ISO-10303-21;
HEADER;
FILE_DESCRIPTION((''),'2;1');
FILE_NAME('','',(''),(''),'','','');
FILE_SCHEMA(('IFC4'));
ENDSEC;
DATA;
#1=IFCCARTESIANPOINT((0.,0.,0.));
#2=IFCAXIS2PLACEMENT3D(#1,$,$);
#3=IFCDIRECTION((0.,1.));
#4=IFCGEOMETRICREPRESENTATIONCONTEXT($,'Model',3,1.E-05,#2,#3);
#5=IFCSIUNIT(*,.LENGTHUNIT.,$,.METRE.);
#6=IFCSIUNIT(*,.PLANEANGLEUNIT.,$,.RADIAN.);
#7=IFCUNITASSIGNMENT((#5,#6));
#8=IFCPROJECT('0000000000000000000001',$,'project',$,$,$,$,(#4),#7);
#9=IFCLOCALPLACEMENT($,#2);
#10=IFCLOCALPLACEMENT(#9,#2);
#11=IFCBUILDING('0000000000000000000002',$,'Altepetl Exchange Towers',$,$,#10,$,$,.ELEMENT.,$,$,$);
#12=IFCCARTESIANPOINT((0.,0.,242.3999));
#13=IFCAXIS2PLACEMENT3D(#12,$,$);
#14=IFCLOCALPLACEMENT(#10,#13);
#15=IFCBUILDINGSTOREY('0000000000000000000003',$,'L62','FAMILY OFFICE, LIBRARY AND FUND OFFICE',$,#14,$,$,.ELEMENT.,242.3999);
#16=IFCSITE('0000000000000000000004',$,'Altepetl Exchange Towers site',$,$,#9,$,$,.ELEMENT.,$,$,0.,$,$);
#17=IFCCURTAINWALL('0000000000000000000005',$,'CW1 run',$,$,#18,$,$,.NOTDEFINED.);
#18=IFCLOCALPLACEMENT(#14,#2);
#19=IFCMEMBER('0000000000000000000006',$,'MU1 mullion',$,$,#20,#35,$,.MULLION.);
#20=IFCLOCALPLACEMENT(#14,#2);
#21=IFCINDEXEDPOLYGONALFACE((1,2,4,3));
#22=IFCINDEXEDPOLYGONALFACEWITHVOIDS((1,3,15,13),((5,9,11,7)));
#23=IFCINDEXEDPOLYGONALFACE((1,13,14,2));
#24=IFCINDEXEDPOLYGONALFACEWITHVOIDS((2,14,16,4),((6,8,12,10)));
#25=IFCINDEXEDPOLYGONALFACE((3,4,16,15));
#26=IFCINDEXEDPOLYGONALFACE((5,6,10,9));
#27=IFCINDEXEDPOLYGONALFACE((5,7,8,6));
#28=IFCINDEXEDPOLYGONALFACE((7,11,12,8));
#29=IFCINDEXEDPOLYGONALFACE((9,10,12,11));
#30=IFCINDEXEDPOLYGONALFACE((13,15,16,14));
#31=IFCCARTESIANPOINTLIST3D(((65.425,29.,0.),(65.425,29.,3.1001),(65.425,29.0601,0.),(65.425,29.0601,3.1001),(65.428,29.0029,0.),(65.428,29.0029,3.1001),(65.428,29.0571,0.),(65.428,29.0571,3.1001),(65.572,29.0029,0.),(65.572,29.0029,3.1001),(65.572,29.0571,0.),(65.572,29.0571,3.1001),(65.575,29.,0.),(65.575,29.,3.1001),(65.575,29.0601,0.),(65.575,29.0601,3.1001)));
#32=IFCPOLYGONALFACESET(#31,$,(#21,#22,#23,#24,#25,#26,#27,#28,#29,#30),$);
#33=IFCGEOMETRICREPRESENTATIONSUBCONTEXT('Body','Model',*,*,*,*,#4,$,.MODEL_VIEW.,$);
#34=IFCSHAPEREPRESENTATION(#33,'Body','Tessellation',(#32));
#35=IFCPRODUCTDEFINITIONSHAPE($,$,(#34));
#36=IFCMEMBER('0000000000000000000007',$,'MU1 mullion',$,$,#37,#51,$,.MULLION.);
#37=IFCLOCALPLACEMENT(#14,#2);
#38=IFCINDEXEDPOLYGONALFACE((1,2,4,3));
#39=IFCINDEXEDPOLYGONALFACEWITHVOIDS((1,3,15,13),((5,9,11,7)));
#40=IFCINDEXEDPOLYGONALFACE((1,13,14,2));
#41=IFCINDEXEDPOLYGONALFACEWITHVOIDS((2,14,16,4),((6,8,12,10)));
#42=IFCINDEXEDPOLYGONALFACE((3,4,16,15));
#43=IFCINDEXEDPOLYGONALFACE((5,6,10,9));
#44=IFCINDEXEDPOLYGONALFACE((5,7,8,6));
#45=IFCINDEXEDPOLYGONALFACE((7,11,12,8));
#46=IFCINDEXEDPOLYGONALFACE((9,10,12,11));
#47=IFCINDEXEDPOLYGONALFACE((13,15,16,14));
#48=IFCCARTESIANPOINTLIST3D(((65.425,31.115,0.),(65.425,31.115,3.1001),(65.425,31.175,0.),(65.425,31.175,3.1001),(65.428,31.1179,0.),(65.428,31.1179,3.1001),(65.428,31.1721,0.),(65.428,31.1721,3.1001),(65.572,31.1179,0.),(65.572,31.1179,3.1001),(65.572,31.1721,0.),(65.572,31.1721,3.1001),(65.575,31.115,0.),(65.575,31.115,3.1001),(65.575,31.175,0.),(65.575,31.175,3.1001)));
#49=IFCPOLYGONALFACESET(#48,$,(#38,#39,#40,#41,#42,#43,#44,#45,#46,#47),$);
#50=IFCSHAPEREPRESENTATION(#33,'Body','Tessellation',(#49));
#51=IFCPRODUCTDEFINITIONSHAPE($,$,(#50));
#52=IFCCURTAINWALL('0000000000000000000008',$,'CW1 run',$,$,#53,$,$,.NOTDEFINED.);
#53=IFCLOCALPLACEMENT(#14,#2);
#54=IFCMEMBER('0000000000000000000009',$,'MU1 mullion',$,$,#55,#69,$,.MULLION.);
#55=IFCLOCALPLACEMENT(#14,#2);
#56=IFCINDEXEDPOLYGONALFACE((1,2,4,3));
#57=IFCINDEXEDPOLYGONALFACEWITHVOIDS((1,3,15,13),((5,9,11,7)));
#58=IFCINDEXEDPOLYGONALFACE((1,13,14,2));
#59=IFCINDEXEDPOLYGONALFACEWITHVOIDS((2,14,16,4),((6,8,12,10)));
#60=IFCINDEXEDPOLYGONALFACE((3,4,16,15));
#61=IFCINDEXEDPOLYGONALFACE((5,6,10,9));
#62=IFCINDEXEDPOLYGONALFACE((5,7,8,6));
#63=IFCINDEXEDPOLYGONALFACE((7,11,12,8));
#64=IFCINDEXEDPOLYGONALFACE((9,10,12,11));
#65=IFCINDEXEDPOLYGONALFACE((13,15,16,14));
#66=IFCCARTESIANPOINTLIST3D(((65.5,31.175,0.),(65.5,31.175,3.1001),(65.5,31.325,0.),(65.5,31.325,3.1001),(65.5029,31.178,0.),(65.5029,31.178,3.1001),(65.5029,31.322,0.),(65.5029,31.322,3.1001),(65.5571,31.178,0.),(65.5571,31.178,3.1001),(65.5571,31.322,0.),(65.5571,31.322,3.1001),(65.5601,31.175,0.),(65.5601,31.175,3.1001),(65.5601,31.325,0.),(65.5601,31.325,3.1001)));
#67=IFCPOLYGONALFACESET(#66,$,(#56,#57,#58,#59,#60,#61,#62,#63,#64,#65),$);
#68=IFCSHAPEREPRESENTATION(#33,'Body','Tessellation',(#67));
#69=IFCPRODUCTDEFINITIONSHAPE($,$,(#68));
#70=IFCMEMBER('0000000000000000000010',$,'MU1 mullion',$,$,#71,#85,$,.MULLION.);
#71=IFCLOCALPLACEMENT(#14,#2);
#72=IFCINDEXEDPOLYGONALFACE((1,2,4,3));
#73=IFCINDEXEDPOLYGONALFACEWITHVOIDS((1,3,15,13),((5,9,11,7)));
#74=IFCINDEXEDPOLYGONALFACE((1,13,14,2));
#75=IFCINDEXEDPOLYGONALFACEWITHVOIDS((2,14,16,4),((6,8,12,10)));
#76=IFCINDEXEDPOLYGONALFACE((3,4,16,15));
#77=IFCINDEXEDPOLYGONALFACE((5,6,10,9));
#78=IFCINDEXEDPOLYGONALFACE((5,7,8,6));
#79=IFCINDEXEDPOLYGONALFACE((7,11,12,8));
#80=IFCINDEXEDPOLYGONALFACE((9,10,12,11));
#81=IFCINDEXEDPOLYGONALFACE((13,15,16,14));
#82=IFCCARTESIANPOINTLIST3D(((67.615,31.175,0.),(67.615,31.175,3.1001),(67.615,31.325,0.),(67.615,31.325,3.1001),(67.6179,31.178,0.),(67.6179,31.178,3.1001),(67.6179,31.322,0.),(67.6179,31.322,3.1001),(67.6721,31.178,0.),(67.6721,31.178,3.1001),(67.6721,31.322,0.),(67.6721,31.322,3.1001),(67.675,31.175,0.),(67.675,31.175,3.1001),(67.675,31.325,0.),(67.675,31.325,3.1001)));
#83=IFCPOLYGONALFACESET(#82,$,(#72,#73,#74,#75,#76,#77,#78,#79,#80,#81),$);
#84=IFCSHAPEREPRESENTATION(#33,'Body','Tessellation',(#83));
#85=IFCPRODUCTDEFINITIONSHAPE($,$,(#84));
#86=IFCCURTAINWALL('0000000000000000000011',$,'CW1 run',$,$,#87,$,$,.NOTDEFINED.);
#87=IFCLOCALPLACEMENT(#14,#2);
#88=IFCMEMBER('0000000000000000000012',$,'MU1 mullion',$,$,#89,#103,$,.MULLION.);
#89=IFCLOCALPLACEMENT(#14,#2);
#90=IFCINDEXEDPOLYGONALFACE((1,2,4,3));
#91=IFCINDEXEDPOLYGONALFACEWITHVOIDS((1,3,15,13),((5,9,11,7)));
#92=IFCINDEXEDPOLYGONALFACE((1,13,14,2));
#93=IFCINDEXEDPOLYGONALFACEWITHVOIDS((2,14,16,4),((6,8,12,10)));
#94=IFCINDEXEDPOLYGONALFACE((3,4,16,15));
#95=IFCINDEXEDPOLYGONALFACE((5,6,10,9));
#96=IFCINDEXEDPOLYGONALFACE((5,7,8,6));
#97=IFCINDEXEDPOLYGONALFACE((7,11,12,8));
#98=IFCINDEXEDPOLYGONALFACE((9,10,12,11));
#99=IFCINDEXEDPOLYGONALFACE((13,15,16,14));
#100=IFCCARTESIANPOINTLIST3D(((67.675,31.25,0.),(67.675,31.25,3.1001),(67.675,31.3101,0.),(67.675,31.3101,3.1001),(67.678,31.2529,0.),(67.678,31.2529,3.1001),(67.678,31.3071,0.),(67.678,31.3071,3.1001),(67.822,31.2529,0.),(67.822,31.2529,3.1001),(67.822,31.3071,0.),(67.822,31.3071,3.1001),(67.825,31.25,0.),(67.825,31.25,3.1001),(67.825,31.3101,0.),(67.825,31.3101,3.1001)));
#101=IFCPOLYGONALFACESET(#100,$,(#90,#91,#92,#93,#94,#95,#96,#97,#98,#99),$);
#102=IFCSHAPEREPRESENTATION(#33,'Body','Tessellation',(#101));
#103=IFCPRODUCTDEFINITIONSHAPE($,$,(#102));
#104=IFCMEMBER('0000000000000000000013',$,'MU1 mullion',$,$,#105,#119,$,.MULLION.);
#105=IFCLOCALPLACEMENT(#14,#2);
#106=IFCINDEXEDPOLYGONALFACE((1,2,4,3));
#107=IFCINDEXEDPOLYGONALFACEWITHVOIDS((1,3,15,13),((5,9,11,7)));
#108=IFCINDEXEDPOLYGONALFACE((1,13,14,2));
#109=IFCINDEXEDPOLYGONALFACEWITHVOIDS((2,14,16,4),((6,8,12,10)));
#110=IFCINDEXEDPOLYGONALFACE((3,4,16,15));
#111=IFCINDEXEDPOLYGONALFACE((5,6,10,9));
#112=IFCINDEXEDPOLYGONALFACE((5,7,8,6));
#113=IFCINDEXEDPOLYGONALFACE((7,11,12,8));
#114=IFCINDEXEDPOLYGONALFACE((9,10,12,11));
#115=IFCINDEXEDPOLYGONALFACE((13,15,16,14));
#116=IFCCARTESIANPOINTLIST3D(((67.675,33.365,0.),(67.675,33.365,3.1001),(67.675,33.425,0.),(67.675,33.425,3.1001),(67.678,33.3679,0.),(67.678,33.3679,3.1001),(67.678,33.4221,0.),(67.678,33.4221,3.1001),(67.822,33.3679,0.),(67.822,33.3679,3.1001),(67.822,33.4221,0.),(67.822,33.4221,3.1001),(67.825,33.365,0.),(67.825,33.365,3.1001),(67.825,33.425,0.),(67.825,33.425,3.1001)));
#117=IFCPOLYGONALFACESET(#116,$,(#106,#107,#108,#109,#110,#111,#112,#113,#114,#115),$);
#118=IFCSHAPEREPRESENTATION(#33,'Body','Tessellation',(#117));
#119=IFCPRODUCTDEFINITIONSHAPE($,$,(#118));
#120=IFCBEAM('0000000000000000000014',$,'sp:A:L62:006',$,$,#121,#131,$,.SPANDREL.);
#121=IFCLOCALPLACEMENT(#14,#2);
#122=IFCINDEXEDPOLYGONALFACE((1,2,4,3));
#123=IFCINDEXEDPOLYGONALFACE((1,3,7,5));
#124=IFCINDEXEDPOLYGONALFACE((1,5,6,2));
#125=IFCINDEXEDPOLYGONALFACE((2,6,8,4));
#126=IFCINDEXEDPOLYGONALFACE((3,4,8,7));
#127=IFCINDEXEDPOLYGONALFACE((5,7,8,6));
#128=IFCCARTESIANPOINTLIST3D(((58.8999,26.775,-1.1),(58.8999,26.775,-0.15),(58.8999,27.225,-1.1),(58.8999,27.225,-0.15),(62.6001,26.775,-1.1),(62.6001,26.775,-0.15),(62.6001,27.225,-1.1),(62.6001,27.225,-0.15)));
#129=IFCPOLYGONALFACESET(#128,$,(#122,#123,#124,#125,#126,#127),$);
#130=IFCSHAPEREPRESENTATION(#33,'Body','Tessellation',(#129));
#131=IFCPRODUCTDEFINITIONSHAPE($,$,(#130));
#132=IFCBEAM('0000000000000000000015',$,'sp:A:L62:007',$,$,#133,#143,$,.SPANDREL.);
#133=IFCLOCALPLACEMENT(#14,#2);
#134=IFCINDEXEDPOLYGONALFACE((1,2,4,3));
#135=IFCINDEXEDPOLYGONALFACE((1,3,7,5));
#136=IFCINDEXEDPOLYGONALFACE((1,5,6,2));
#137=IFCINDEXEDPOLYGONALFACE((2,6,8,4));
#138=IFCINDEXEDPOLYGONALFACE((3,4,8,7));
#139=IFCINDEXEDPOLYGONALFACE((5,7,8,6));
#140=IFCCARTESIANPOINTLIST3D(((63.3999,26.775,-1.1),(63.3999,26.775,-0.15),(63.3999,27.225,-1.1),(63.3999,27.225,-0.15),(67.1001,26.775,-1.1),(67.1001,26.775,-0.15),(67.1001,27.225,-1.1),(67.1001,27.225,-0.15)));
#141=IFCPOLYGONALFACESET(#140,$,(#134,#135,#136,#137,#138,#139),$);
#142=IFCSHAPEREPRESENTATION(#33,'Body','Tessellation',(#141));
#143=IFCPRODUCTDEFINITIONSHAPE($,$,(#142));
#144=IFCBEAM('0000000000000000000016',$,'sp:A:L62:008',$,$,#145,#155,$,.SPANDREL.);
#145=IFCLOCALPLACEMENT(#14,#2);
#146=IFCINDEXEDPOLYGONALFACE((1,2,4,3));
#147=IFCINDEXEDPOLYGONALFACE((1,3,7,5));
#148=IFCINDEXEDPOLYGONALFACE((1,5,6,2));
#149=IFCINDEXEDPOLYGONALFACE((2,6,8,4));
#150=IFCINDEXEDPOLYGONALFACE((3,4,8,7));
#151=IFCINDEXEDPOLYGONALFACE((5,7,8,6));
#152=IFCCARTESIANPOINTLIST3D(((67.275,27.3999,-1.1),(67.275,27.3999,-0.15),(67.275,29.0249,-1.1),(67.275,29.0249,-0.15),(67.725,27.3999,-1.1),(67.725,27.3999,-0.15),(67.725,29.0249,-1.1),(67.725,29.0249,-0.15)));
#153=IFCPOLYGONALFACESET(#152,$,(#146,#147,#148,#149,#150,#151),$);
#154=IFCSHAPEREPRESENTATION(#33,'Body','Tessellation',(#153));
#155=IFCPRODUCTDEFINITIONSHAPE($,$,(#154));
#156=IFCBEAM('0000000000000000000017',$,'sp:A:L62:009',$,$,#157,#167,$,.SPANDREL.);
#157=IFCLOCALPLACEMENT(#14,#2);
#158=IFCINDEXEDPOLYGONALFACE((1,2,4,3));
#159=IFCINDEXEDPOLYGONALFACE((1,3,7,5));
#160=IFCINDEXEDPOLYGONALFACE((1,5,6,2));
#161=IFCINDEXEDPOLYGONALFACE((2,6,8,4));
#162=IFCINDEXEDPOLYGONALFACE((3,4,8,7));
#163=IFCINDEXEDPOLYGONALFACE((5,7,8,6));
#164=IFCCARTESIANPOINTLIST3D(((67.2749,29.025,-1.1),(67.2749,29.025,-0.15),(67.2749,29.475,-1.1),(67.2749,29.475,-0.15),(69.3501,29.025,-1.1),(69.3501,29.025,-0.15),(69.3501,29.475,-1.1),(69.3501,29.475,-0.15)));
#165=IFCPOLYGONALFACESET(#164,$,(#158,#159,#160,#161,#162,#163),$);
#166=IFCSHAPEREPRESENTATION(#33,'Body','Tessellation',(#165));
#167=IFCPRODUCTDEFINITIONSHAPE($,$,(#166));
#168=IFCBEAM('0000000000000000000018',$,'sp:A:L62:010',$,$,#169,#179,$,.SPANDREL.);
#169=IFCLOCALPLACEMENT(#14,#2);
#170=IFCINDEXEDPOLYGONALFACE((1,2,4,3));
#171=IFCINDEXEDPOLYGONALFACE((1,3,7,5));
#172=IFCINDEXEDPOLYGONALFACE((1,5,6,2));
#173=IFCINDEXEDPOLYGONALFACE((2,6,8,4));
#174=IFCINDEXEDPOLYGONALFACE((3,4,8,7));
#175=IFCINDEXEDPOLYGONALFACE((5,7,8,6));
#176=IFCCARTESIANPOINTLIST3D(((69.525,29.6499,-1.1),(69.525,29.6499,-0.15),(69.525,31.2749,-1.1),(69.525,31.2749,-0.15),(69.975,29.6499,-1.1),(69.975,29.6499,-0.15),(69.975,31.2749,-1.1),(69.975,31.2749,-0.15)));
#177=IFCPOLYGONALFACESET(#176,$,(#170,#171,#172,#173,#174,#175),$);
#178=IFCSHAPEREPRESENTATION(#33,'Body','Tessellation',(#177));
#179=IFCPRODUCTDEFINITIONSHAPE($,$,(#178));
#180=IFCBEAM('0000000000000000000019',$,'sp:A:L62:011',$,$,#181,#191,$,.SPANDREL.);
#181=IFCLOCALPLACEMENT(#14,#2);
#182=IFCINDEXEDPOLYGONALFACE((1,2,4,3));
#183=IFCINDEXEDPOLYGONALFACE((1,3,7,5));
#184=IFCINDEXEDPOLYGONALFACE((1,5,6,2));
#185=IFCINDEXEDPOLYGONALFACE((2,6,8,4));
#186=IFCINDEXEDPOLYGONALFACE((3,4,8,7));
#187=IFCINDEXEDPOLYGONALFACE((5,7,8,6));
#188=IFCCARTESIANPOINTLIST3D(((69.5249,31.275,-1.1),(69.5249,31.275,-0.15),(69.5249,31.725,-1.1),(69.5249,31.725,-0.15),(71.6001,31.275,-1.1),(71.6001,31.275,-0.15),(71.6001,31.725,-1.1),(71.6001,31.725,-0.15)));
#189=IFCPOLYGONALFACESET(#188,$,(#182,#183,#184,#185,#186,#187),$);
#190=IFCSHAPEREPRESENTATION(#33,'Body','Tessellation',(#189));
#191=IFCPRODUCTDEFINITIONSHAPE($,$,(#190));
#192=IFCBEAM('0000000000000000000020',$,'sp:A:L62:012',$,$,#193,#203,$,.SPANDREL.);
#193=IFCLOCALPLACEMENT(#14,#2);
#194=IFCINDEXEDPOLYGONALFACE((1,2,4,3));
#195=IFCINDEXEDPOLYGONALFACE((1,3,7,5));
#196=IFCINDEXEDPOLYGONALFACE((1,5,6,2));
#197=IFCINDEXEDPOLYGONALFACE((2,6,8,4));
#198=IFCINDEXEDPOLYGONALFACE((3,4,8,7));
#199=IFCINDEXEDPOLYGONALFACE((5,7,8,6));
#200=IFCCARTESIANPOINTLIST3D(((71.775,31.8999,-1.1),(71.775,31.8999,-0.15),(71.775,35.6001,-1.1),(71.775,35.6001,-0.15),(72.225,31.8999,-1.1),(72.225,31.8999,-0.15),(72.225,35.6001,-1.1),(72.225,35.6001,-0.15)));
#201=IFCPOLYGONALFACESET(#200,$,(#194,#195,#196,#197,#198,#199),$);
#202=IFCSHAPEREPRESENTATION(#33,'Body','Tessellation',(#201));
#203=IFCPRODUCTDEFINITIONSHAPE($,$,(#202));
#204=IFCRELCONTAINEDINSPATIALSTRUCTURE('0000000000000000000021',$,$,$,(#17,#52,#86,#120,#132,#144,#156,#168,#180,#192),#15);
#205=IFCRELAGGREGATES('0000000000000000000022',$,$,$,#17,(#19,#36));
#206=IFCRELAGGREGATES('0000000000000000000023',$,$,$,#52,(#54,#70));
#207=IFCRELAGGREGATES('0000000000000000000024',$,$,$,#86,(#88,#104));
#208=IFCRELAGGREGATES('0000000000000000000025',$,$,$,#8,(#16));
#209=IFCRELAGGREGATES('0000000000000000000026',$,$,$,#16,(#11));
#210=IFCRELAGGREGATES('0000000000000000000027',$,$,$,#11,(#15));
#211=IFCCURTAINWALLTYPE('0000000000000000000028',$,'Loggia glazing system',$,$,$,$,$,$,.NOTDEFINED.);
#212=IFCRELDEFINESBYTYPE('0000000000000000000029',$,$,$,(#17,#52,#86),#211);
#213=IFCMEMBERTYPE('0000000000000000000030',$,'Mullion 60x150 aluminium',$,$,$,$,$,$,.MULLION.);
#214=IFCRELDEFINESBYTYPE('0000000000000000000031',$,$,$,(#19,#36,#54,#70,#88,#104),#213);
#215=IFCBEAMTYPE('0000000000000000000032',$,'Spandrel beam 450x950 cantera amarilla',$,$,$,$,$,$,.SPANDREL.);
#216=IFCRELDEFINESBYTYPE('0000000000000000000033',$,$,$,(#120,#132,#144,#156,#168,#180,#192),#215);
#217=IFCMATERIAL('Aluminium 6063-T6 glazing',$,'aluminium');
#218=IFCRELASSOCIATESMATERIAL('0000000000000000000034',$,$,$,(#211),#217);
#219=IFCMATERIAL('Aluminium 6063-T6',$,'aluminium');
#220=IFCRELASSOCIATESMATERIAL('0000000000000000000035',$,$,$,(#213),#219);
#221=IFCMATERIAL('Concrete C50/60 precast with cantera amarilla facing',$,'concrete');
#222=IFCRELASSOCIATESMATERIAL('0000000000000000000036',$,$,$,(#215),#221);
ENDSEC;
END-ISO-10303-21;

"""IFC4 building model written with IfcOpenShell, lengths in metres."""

from ifc_helpers import new_model, si_unit, direction, frame, origin, origin_2d, place, context, subcontext, project, spatial, rectangle, hollow_rectangle, extrude, material, material_profile, profile_set, type_object, element, aggregate, save


model = new_model("IFC4")

# Units and contexts
model_context = context("Model", 3, precision=1e-05, world=origin(), true_north=direction((0.0, 1.0)))
body_context = subcontext(model_context, "Body", "Model", "MODEL_VIEW")
ifc_project = project(units=[si_unit("LENGTHUNIT", "METRE"), si_unit("PLANEANGLEUNIT", "RADIAN")], contexts=[model_context])

# Site, building, storey
site_placement = place(None, origin())
site = spatial("IfcSite", under=ifc_project, at=site_placement, Name="Altepetl Exchange Towers site", CompositionType="ELEMENT", RefElevation=0.0)
building_placement = place(site_placement, origin())
building = spatial("IfcBuilding", under=site, at=building_placement, Name="Altepetl Exchange Towers", CompositionType="ELEMENT")
storey_placement = place(building_placement, frame((0.0, 0.0, 242.3999)))
storey = spatial("IfcBuildingStorey", under=building, at=storey_placement, Name="L62", Description="FAMILY OFFICE, LIBRARY AND FUND OFFICE", CompositionType="ELEMENT", Elevation=242.3999)

# Curtain walls, members
ifc_material_1 = material(Name="Aluminium 6063-T6 glazing", Category="aluminium")
curtain_wall_type = type_object("IfcCurtainWallType", Name="Loggia glazing system", PredefinedType="NOTDEFINED", material=ifc_material_1)
ifc_material_2 = material(Name="Aluminium 6063-T6", Category="aluminium")
ifc_material_profile_1 = material_profile(ifc_material_2, hollow_rectangle(XDim=0.0601, YDim=0.1499, WallThickness=0.0029, at=origin_2d()), Name="Mullion 60x150 aluminium")
ifc_profile_set_1 = profile_set([ifc_material_profile_1], Name="Aluminium 6063-T6")
member_type = type_object("IfcMemberType", Name="Mullion 60x150 aluminium", PredefinedType="MULLION", material=ifc_profile_set_1)
curtain_wall_1_placement = place(storey_placement, origin())
curtain_wall_1 = element("IfcCurtainWall", 1, at=curtain_wall_1_placement, inside=storey, type_object=curtain_wall_type, Name="CW1 run", PredefinedType="NOTDEFINED")
member_1_placement = place(storey_placement, frame((65.5, 29.03, 0.0), z_axis=(0.0, 0.0, 1.0), x_axis=(0.0, 1.0, 0.0)))
member_1 = element("IfcMember", 2, at=member_1_placement, type_object=member_type, Name="MU1 mullion", PredefinedType="MULLION", context=body_context, shape_type="SweptSolid", body=[
    extrude(hollow_rectangle(XDim=0.0601, YDim=0.1499, WallThickness=0.0029, at=origin_2d()), origin(), (0.0, 0.0, 1.0), 3.1001),
])
member_2_placement = place(storey_placement, frame((65.5, 31.145, 0.0), z_axis=(0.0, 0.0, 1.0), x_axis=(0.0, 1.0, 0.0)))
member_2 = element("IfcMember", 3, at=member_2_placement, type_object=member_type, Name="MU1 mullion", PredefinedType="MULLION", context=body_context, shape_type="SweptSolid", body=[
    extrude(hollow_rectangle(XDim=0.0601, YDim=0.1499, WallThickness=0.0029, at=origin_2d()), origin(), (0.0, 0.0, 1.0), 3.1001),
])
curtain_wall_2_placement = place(storey_placement, origin())
curtain_wall_2 = element("IfcCurtainWall", 4, at=curtain_wall_2_placement, inside=storey, type_object=curtain_wall_type, Name="CW1 run", PredefinedType="NOTDEFINED")
member_3_placement = place(storey_placement, frame((65.53, 31.25, 0.0)))
member_3 = element("IfcMember", 5, at=member_3_placement, type_object=member_type, Name="MU1 mullion", PredefinedType="MULLION", context=body_context, shape_type="SweptSolid", body=[
    extrude(hollow_rectangle(XDim=0.0601, YDim=0.1499, WallThickness=0.0029, at=origin_2d()), origin(), (0.0, 0.0, 1.0), 3.1001),
])
member_4_placement = place(storey_placement, frame((67.645, 31.25, 0.0)))
member_4 = element("IfcMember", 6, at=member_4_placement, type_object=member_type, Name="MU1 mullion", PredefinedType="MULLION", context=body_context, shape_type="SweptSolid", body=[
    extrude(hollow_rectangle(XDim=0.0601, YDim=0.1499, WallThickness=0.0029, at=origin_2d()), origin(), (0.0, 0.0, 1.0), 3.1001),
])
curtain_wall_3_placement = place(storey_placement, origin())
curtain_wall_3 = element("IfcCurtainWall", 7, at=curtain_wall_3_placement, inside=storey, type_object=curtain_wall_type, Name="CW1 run", PredefinedType="NOTDEFINED")
member_5_placement = place(storey_placement, frame((67.75, 31.28, 0.0), z_axis=(0.0, 0.0, 1.0), x_axis=(0.0, 1.0, 0.0)))
member_5 = element("IfcMember", 8, at=member_5_placement, type_object=member_type, Name="MU1 mullion", PredefinedType="MULLION", context=body_context, shape_type="SweptSolid", body=[
    extrude(hollow_rectangle(XDim=0.0601, YDim=0.1499, WallThickness=0.0029, at=origin_2d()), origin(), (0.0, 0.0, 1.0), 3.1001),
])
member_6_placement = place(storey_placement, frame((67.75, 33.395, 0.0), z_axis=(0.0, 0.0, 1.0), x_axis=(0.0, 1.0, 0.0)))
member_6 = element("IfcMember", 9, at=member_6_placement, type_object=member_type, Name="MU1 mullion", PredefinedType="MULLION", context=body_context, shape_type="SweptSolid", body=[
    extrude(hollow_rectangle(XDim=0.0601, YDim=0.1499, WallThickness=0.0029, at=origin_2d()), origin(), (0.0, 0.0, 1.0), 3.1001),
])

# Beams
ifc_material_3 = material(Name="Concrete C50/60 precast with cantera amarilla facing", Category="concrete")
ifc_material_profile_2 = material_profile(ifc_material_3, rectangle(XDim=0.45, YDim=0.95, at=origin_2d()), Name="450 x 950")
ifc_profile_set_2 = profile_set([ifc_material_profile_2], Name="Concrete C50/60 precast with cantera amarilla facing")
beam_type_1 = type_object("IfcBeamType", Name="Spandrel beam 450x950 cantera amarilla", PredefinedType="SPANDREL", material=ifc_profile_set_2)
for number, where, z_axis, x_axis, name in (
    (10, (58.8999, 27.0, -0.625), (1.0, 0.0, 0.0), (0.0, 1.0, 0.0), "sp:A:L62:006"),
    (11, (63.3999, 27.0, -0.625), (1.0, 0.0, 0.0), (0.0, 1.0, 0.0), "sp:A:L62:007"),
):
    element("IfcBeam", number, at=place(storey_placement, frame(where, z_axis=z_axis, x_axis=x_axis)), inside=storey, type_object=beam_type_1, Name=name, PredefinedType="SPANDREL", context=body_context, shape_type="SweptSolid", body=[
        extrude(rectangle(XDim=0.45, YDim=0.95, at=origin_2d()), origin(), (0.0, 0.0, 1.0), 3.7002),
    ])
beam_1_placement = place(storey_placement, frame((67.5, 27.3999, -0.625), z_axis=(0.0, 1.0, 0.0), x_axis=(-1.0, 0.0, 0.0)))
element("IfcBeam", 12, at=beam_1_placement, inside=storey, type_object=beam_type_1, Name="sp:A:L62:008", PredefinedType="SPANDREL", context=body_context, shape_type="SweptSolid", body=[
    extrude(rectangle(XDim=0.45, YDim=0.95, at=origin_2d()), origin(), (0.0, 0.0, 1.0), 1.625),
])
beam_2_placement = place(storey_placement, frame((67.2749, 29.25, -0.625), z_axis=(1.0, 0.0, 0.0), x_axis=(0.0, 1.0, 0.0)))
element("IfcBeam", 13, at=beam_2_placement, inside=storey, type_object=beam_type_1, Name="sp:A:L62:009", PredefinedType="SPANDREL", context=body_context, shape_type="SweptSolid", body=[
    extrude(rectangle(XDim=0.45, YDim=0.95, at=origin_2d()), origin(), (0.0, 0.0, 1.0), 2.0752),
])
beam_3_placement = place(storey_placement, frame((69.75, 29.6499, -0.625), z_axis=(0.0, 1.0, 0.0), x_axis=(-1.0, 0.0, 0.0)))
element("IfcBeam", 14, at=beam_3_placement, inside=storey, type_object=beam_type_1, Name="sp:A:L62:010", PredefinedType="SPANDREL", context=body_context, shape_type="SweptSolid", body=[
    extrude(rectangle(XDim=0.45, YDim=0.95, at=origin_2d()), origin(), (0.0, 0.0, 1.0), 1.625),
])
beam_4_placement = place(storey_placement, frame((69.5249, 31.5, -0.625), z_axis=(1.0, 0.0, 0.0), x_axis=(0.0, 1.0, 0.0)))
element("IfcBeam", 15, at=beam_4_placement, inside=storey, type_object=beam_type_1, Name="sp:A:L62:011", PredefinedType="SPANDREL", context=body_context, shape_type="SweptSolid", body=[
    extrude(rectangle(XDim=0.45, YDim=0.95, at=origin_2d()), origin(), (0.0, 0.0, 1.0), 2.0752),
])
beam_5_placement = place(storey_placement, frame((72.0, 31.8999, -0.625), z_axis=(0.0, 1.0, 0.0), x_axis=(-1.0, 0.0, 0.0)))
element("IfcBeam", 16, at=beam_5_placement, inside=storey, type_object=beam_type_1, Name="sp:A:L62:012", PredefinedType="SPANDREL", context=body_context, shape_type="SweptSolid", body=[
    extrude(rectangle(XDim=0.45, YDim=0.95, at=origin_2d()), origin(), (0.0, 0.0, 1.0), 3.7002),
])

aggregate(curtain_wall_1, [member_1, member_2])
aggregate(curtain_wall_2, [member_3, member_4])
aggregate(curtain_wall_3, [member_5, member_6])

save(model, "model.ifc")
